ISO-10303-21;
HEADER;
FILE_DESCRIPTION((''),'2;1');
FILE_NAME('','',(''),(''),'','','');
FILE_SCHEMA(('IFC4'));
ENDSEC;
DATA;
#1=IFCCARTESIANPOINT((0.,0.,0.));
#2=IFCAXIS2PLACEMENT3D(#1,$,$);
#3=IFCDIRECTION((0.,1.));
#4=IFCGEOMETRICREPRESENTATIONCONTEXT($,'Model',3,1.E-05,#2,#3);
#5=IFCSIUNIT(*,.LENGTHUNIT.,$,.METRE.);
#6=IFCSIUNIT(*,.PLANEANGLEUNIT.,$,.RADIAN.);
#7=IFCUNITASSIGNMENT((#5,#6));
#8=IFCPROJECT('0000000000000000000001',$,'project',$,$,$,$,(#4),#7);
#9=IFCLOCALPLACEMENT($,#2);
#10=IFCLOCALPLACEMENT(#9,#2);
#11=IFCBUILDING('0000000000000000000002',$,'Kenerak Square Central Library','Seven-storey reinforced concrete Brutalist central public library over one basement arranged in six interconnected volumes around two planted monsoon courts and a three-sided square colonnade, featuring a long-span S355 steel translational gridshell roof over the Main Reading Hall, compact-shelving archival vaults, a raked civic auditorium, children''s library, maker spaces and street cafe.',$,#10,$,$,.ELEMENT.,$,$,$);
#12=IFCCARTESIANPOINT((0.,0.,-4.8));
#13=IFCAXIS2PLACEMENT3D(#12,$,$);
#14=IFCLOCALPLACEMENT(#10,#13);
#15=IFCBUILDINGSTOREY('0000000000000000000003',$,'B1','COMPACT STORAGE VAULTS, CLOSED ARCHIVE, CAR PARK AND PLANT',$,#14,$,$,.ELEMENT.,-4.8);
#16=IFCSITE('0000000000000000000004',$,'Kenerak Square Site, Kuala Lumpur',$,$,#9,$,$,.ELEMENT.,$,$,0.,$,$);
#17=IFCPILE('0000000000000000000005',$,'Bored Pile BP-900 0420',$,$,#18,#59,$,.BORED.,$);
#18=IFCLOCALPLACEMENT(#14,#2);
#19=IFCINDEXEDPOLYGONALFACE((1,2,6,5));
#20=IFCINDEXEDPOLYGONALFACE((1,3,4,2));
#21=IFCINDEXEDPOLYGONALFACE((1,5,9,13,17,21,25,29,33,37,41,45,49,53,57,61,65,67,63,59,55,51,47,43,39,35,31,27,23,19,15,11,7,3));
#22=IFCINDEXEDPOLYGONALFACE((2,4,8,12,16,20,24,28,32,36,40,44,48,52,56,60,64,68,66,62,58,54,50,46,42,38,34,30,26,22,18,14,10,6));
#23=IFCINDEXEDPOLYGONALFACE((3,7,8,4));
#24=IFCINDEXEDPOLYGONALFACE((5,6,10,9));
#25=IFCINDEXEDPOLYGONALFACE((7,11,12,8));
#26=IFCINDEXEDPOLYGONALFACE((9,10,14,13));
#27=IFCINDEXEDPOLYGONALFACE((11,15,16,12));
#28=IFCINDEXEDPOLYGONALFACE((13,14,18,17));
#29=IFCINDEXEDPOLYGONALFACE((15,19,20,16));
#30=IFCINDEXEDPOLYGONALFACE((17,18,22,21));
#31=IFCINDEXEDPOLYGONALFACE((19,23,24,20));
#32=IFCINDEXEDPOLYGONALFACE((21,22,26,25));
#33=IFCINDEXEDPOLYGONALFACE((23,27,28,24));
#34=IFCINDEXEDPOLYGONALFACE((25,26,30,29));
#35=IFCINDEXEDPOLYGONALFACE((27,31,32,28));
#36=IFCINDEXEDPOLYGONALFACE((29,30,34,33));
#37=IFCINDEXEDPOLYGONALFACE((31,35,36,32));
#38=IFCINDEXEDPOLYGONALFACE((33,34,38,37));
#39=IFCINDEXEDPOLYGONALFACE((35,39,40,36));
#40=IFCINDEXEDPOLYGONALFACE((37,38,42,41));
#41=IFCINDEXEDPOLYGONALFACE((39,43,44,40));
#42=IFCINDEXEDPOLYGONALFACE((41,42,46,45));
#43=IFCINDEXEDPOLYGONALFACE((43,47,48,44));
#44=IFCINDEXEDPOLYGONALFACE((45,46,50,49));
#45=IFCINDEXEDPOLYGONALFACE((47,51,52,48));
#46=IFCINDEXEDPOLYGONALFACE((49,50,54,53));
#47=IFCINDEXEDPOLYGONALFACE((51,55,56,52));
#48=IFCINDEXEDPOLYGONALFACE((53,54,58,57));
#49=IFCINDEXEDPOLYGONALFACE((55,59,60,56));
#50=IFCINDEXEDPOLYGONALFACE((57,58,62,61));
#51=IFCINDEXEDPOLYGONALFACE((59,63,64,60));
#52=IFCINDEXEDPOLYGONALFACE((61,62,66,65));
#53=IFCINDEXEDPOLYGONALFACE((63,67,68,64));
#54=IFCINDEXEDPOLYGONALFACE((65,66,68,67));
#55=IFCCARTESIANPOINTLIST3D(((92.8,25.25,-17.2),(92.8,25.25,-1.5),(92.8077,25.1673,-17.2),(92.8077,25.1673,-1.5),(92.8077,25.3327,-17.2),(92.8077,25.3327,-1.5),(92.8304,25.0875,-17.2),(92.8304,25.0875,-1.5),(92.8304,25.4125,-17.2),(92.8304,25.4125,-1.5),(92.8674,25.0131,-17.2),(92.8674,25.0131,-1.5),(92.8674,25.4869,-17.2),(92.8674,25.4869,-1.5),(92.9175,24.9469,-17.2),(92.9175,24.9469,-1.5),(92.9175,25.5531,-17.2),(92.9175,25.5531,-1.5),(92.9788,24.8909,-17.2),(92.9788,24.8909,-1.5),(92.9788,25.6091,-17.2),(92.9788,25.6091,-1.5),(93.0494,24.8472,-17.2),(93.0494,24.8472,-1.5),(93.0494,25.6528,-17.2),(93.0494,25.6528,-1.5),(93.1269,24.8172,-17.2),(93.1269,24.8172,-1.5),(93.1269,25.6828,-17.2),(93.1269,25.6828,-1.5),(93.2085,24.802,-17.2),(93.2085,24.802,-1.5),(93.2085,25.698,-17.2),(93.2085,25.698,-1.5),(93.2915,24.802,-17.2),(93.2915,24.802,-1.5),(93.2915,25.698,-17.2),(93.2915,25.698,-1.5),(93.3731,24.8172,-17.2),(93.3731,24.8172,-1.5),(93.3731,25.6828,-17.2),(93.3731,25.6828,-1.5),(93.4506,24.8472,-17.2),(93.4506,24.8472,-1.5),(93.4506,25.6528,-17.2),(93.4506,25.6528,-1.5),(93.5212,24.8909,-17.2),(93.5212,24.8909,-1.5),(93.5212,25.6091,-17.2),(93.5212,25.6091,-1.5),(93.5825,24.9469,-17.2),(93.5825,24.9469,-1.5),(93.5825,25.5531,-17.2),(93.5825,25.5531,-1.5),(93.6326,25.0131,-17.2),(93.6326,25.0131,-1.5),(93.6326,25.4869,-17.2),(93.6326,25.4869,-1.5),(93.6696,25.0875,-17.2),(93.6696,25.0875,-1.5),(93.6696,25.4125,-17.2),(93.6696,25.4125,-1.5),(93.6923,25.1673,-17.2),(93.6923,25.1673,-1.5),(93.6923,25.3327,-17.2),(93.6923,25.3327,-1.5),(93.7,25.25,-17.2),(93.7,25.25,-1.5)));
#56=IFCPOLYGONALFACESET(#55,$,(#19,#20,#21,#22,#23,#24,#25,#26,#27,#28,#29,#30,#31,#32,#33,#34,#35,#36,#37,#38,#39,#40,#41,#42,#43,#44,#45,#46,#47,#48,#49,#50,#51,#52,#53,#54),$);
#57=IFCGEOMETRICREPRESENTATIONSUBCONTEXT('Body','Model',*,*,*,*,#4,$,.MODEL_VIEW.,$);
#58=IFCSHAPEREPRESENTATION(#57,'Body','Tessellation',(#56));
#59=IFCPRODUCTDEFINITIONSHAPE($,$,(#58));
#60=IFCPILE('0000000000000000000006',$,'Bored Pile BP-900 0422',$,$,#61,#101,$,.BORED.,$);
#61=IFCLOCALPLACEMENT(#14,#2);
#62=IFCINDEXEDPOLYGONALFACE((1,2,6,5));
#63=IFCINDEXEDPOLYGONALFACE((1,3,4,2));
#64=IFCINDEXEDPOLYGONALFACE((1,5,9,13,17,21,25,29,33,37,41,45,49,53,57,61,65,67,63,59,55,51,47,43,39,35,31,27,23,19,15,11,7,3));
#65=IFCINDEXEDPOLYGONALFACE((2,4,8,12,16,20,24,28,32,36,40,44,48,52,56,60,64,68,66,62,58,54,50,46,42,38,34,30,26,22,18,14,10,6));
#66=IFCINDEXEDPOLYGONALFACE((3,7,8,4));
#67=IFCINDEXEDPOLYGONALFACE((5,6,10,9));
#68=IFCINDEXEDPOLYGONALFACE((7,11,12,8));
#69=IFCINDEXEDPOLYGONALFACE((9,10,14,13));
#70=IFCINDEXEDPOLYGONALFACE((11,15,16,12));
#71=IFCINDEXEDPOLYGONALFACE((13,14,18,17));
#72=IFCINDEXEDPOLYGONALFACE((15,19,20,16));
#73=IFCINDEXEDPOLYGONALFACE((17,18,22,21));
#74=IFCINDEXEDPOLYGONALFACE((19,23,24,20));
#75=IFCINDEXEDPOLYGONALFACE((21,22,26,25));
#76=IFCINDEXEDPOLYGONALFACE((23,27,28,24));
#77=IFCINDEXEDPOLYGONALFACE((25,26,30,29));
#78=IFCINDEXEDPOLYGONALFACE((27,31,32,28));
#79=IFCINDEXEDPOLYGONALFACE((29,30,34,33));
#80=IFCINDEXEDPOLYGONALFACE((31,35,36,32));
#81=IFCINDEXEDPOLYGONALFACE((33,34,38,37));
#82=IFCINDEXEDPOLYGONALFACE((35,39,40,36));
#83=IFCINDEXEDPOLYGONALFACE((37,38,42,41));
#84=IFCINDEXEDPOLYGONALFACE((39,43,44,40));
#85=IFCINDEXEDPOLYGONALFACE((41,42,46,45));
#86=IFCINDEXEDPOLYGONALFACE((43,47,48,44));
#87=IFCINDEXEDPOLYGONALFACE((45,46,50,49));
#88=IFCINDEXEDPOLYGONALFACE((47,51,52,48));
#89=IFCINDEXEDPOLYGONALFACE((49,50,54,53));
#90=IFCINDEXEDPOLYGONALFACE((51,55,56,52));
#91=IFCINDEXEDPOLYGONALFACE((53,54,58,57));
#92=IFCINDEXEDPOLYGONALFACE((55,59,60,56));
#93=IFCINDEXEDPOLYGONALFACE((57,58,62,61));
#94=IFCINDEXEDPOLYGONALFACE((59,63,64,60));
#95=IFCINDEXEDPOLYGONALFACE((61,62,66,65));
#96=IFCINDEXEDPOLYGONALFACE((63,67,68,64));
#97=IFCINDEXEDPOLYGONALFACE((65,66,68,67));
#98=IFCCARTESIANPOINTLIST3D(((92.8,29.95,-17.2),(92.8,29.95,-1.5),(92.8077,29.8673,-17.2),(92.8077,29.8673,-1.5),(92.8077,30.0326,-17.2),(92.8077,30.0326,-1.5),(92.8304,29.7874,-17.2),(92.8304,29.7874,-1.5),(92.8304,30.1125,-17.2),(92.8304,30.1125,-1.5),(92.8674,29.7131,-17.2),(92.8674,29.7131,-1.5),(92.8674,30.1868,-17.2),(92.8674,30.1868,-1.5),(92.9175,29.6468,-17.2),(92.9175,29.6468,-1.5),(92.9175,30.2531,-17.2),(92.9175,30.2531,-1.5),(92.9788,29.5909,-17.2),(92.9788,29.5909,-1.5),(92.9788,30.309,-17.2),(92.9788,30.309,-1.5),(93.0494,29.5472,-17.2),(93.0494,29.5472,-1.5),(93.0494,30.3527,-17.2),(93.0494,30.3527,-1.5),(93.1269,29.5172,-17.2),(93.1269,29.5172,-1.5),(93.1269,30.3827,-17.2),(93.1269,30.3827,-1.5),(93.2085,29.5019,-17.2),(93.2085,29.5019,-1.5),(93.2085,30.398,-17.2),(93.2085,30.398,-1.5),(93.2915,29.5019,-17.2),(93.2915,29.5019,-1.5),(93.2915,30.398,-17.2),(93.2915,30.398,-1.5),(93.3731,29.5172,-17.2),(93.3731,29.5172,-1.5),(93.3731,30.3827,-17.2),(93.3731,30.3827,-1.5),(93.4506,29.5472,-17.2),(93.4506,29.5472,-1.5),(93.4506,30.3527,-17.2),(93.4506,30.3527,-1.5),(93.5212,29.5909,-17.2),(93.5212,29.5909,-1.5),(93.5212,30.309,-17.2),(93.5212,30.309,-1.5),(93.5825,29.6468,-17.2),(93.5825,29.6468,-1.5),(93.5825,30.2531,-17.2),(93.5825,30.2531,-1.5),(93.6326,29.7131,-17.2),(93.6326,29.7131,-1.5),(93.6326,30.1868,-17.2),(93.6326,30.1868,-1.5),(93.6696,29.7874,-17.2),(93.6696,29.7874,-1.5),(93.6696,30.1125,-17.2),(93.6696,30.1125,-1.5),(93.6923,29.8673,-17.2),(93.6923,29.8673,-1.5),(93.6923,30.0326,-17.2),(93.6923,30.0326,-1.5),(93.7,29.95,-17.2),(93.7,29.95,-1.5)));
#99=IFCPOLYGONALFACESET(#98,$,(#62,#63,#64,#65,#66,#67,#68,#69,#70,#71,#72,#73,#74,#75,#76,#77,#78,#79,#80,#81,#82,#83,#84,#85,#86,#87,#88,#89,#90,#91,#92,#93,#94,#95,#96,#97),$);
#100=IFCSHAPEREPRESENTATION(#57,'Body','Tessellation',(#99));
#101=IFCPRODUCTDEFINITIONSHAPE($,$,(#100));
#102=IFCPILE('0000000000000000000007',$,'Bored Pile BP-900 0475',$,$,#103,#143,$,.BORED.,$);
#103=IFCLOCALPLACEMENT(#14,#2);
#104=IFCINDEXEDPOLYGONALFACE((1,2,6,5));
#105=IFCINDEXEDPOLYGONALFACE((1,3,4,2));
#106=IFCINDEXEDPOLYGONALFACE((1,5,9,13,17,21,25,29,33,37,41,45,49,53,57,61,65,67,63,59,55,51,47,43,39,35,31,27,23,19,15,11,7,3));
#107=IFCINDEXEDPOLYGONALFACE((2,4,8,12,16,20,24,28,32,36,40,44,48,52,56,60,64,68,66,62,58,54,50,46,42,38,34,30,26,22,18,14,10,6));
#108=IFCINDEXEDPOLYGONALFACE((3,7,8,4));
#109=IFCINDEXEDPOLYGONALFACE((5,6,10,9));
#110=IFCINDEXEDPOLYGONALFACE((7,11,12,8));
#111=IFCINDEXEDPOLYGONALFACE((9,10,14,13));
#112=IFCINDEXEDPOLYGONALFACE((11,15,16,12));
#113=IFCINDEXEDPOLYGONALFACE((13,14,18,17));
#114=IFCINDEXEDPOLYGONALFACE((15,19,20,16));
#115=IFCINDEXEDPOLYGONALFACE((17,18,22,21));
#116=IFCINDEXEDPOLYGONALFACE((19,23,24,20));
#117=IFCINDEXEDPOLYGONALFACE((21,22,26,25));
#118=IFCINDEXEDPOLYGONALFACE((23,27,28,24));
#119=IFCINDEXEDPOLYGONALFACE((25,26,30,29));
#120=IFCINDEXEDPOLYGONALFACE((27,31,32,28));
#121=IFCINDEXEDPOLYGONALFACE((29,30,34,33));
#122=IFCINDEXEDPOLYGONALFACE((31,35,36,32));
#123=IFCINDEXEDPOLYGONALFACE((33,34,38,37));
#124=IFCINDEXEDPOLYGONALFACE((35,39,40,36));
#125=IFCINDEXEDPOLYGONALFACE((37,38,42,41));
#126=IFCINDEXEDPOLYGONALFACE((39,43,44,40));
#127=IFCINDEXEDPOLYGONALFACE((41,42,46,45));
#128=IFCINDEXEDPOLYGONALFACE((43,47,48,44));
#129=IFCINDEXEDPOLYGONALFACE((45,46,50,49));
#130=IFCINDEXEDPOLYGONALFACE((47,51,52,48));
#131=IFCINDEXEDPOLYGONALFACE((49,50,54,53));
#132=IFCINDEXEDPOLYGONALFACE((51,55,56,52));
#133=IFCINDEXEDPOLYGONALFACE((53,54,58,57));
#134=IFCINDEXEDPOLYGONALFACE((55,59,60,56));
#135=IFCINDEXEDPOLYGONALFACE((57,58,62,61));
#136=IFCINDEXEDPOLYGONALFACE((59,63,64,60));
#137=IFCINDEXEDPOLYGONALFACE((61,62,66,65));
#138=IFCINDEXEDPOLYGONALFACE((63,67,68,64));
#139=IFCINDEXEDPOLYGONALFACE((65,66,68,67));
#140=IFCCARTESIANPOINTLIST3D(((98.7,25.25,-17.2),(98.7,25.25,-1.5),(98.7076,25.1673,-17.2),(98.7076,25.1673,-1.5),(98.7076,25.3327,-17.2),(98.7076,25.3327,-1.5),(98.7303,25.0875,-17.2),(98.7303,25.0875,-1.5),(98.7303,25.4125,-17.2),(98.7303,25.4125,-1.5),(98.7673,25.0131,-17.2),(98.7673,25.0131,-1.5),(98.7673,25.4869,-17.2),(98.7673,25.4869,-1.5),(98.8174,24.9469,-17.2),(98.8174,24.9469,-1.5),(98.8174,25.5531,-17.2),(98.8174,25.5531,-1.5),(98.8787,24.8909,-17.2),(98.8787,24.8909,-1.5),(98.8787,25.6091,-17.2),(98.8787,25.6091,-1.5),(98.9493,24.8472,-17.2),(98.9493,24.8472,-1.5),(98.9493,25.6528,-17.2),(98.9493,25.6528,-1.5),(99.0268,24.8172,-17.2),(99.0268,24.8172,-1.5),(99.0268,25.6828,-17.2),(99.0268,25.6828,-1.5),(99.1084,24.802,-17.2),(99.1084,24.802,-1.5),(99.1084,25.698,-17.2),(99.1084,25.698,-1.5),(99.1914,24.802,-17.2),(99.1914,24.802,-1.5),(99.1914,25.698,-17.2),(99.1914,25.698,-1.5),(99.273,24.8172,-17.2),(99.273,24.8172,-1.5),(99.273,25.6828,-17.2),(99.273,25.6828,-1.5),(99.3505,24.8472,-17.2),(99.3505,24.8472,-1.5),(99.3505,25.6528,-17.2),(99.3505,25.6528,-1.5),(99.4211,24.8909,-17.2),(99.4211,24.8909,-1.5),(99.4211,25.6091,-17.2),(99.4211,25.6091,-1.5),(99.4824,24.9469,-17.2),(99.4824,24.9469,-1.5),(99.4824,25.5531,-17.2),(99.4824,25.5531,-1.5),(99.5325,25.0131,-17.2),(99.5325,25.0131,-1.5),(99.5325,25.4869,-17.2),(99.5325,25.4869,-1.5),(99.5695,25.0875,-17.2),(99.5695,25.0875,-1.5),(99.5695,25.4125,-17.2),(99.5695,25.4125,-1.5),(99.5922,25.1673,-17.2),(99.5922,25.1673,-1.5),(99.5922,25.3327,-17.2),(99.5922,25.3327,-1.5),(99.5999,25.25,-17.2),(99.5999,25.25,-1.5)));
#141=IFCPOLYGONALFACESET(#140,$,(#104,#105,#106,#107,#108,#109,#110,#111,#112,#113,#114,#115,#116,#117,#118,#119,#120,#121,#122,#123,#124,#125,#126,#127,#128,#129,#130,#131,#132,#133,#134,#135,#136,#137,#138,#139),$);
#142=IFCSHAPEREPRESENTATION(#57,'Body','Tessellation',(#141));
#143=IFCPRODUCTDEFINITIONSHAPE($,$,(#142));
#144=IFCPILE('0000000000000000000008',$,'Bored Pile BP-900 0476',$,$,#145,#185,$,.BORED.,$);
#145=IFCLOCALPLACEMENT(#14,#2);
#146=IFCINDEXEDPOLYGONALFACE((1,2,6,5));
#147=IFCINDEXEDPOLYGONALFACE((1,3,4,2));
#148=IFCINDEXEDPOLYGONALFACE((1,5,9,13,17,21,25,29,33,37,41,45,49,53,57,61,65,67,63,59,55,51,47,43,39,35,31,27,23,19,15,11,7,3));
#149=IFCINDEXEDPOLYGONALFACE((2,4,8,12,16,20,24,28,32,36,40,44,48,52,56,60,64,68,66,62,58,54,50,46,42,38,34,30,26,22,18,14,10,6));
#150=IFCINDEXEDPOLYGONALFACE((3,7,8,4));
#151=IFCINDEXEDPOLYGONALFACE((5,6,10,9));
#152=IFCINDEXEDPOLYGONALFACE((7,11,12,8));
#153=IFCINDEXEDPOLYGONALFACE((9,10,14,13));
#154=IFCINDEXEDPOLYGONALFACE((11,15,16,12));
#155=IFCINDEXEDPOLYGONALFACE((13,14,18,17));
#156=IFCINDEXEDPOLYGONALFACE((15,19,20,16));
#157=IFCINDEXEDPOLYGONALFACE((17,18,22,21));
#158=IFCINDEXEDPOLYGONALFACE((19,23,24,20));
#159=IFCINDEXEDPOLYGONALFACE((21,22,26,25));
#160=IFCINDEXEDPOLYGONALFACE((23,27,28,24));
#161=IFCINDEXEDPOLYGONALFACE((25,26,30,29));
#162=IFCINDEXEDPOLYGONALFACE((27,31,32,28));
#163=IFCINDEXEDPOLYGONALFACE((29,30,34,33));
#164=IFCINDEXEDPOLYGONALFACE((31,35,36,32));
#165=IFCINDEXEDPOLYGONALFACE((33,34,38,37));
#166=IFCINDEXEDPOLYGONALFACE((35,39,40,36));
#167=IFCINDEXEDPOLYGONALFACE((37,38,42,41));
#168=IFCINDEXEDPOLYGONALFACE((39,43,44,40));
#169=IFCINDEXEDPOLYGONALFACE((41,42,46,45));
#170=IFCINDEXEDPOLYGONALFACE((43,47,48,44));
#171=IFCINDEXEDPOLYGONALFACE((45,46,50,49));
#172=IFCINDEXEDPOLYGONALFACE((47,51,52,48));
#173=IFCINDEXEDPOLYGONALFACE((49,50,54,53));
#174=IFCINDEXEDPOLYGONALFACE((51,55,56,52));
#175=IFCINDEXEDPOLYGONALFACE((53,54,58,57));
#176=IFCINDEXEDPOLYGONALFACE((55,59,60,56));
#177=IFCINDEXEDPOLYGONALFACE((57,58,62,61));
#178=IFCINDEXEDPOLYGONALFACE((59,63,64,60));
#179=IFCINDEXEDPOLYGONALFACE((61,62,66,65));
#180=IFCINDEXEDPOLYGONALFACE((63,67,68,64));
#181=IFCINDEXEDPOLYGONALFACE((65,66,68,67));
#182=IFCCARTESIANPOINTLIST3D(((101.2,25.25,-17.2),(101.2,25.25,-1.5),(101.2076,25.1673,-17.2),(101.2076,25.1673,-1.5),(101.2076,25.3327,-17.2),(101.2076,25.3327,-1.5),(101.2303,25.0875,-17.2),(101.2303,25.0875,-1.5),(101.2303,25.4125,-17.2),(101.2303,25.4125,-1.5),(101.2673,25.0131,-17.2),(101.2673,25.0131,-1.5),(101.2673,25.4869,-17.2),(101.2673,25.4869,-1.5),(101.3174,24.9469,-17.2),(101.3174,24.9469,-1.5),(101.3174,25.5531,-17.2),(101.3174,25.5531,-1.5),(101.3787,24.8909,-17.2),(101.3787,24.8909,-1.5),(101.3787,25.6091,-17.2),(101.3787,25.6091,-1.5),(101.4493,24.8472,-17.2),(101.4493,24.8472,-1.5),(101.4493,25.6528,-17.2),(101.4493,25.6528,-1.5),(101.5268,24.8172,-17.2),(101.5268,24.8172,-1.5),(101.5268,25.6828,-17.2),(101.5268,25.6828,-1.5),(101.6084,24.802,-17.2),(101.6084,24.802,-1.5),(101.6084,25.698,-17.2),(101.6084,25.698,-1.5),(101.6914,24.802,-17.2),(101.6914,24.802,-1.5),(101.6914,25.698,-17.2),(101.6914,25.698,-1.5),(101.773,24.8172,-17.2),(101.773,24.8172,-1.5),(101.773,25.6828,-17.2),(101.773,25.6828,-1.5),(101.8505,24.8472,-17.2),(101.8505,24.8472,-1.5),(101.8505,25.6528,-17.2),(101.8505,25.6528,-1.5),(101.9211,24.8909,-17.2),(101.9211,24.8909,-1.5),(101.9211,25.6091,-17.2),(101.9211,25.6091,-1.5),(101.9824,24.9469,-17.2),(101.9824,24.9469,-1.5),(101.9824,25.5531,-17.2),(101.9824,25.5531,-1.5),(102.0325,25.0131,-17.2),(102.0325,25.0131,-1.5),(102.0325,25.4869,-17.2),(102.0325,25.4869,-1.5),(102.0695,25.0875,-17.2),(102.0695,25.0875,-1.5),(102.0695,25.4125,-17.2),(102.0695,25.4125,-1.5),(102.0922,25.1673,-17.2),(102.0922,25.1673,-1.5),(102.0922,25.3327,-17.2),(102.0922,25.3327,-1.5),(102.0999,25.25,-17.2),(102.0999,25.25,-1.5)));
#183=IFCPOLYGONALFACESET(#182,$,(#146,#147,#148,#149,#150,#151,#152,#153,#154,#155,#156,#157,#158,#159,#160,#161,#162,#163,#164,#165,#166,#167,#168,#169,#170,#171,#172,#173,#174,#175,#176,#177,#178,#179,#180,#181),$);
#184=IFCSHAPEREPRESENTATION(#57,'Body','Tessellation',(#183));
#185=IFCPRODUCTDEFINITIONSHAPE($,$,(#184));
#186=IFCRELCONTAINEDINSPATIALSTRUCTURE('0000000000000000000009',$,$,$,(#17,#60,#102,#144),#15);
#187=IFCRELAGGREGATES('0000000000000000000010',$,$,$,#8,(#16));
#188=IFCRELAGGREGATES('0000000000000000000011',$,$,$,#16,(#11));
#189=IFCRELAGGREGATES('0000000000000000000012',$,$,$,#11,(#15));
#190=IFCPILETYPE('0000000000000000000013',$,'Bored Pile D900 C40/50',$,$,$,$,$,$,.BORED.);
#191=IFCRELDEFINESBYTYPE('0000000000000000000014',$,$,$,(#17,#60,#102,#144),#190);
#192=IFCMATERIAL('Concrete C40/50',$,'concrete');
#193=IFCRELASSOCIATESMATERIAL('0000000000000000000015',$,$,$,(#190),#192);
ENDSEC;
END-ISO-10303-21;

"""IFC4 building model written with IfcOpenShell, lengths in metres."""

from ifc_helpers import new_model, si_unit, direction, frame, origin, origin_2d, place, context, subcontext, project, spatial, circle, extrude, material, material_profile, profile_set, type_object, element, save


model = new_model("IFC4")

# Units and contexts
model_context = context("Model", 3, precision=1e-05, world=origin(), true_north=direction((0.0, 1.0)))
body_context = subcontext(model_context, "Body", "Model", "MODEL_VIEW")
ifc_project = project(units=[si_unit("LENGTHUNIT", "METRE"), si_unit("PLANEANGLEUNIT", "RADIAN")], contexts=[model_context])

# Site, building, storey
site_placement = place(None, origin())
site = spatial("IfcSite", under=ifc_project, at=site_placement, Name="Kenerak Square Site, Kuala Lumpur", CompositionType="ELEMENT", RefElevation=0.0)
building_placement = place(site_placement, origin())
building = spatial("IfcBuilding", under=site, at=building_placement, Name="Kenerak Square Central Library", Description="Seven-storey reinforced concrete Brutalist central public library over one basement arranged in six interconnected volumes around two planted monsoon courts and a three-sided square colonnade, featuring a long-span S355 steel translational gridshell roof over the Main Reading Hall, compact-shelving archival vaults, a raked civic auditorium, children's library, maker spaces and street cafe.", CompositionType="ELEMENT")
storey_placement = place(building_placement, frame((0.0, 0.0, -4.8)))
storey = spatial("IfcBuildingStorey", under=building, at=storey_placement, Name="B1", Description="COMPACT STORAGE VAULTS, CLOSED ARCHIVE, CAR PARK AND PLANT", CompositionType="ELEMENT", Elevation=-4.8)

# Piles
ifc_material_1 = material(Name="Concrete C40/50", Category="concrete")
ifc_material_profile_1 = material_profile(ifc_material_1, circle(Radius=0.45, at=origin_2d()), Name="BP D900")
ifc_profile_set_1 = profile_set([ifc_material_profile_1], Name="Concrete C40/50")
pile_type = type_object("IfcPileType", Name="Bored Pile D900 C40/50", PredefinedType="BORED", material=ifc_profile_set_1)
for number, where, z_axis, x_axis, name in (
    (1, (93.25, 25.25, -1.5), (0.0, 0.0, -1.0), (1.0, 0.0, 0.0), "Bored Pile BP-900 0420"),
    (2, (93.25, 29.95, -1.5), (0.0, 0.0, -1.0), (1.0, 0.0, 0.0), "Bored Pile BP-900 0422"),
    (3, (99.1499, 25.25, -1.5), (0.0, 0.0, -1.0), (1.0, 0.0, 0.0), "Bored Pile BP-900 0475"),
    (4, (101.6499, 25.25, -1.5), (0.0, 0.0, -1.0), (1.0, 0.0, 0.0), "Bored Pile BP-900 0476"),
):
    element("IfcPile", number, at=place(storey_placement, frame(where, z_axis=z_axis, x_axis=x_axis)), inside=storey, type_object=pile_type, Name=name, PredefinedType="BORED", context=body_context, shape_type="SweptSolid", body=[
        extrude(circle(Radius=0.45, at=origin_2d()), origin(), (0.0, 0.0, 1.0), 15.7),
    ])

save(model, "model.ifc")
